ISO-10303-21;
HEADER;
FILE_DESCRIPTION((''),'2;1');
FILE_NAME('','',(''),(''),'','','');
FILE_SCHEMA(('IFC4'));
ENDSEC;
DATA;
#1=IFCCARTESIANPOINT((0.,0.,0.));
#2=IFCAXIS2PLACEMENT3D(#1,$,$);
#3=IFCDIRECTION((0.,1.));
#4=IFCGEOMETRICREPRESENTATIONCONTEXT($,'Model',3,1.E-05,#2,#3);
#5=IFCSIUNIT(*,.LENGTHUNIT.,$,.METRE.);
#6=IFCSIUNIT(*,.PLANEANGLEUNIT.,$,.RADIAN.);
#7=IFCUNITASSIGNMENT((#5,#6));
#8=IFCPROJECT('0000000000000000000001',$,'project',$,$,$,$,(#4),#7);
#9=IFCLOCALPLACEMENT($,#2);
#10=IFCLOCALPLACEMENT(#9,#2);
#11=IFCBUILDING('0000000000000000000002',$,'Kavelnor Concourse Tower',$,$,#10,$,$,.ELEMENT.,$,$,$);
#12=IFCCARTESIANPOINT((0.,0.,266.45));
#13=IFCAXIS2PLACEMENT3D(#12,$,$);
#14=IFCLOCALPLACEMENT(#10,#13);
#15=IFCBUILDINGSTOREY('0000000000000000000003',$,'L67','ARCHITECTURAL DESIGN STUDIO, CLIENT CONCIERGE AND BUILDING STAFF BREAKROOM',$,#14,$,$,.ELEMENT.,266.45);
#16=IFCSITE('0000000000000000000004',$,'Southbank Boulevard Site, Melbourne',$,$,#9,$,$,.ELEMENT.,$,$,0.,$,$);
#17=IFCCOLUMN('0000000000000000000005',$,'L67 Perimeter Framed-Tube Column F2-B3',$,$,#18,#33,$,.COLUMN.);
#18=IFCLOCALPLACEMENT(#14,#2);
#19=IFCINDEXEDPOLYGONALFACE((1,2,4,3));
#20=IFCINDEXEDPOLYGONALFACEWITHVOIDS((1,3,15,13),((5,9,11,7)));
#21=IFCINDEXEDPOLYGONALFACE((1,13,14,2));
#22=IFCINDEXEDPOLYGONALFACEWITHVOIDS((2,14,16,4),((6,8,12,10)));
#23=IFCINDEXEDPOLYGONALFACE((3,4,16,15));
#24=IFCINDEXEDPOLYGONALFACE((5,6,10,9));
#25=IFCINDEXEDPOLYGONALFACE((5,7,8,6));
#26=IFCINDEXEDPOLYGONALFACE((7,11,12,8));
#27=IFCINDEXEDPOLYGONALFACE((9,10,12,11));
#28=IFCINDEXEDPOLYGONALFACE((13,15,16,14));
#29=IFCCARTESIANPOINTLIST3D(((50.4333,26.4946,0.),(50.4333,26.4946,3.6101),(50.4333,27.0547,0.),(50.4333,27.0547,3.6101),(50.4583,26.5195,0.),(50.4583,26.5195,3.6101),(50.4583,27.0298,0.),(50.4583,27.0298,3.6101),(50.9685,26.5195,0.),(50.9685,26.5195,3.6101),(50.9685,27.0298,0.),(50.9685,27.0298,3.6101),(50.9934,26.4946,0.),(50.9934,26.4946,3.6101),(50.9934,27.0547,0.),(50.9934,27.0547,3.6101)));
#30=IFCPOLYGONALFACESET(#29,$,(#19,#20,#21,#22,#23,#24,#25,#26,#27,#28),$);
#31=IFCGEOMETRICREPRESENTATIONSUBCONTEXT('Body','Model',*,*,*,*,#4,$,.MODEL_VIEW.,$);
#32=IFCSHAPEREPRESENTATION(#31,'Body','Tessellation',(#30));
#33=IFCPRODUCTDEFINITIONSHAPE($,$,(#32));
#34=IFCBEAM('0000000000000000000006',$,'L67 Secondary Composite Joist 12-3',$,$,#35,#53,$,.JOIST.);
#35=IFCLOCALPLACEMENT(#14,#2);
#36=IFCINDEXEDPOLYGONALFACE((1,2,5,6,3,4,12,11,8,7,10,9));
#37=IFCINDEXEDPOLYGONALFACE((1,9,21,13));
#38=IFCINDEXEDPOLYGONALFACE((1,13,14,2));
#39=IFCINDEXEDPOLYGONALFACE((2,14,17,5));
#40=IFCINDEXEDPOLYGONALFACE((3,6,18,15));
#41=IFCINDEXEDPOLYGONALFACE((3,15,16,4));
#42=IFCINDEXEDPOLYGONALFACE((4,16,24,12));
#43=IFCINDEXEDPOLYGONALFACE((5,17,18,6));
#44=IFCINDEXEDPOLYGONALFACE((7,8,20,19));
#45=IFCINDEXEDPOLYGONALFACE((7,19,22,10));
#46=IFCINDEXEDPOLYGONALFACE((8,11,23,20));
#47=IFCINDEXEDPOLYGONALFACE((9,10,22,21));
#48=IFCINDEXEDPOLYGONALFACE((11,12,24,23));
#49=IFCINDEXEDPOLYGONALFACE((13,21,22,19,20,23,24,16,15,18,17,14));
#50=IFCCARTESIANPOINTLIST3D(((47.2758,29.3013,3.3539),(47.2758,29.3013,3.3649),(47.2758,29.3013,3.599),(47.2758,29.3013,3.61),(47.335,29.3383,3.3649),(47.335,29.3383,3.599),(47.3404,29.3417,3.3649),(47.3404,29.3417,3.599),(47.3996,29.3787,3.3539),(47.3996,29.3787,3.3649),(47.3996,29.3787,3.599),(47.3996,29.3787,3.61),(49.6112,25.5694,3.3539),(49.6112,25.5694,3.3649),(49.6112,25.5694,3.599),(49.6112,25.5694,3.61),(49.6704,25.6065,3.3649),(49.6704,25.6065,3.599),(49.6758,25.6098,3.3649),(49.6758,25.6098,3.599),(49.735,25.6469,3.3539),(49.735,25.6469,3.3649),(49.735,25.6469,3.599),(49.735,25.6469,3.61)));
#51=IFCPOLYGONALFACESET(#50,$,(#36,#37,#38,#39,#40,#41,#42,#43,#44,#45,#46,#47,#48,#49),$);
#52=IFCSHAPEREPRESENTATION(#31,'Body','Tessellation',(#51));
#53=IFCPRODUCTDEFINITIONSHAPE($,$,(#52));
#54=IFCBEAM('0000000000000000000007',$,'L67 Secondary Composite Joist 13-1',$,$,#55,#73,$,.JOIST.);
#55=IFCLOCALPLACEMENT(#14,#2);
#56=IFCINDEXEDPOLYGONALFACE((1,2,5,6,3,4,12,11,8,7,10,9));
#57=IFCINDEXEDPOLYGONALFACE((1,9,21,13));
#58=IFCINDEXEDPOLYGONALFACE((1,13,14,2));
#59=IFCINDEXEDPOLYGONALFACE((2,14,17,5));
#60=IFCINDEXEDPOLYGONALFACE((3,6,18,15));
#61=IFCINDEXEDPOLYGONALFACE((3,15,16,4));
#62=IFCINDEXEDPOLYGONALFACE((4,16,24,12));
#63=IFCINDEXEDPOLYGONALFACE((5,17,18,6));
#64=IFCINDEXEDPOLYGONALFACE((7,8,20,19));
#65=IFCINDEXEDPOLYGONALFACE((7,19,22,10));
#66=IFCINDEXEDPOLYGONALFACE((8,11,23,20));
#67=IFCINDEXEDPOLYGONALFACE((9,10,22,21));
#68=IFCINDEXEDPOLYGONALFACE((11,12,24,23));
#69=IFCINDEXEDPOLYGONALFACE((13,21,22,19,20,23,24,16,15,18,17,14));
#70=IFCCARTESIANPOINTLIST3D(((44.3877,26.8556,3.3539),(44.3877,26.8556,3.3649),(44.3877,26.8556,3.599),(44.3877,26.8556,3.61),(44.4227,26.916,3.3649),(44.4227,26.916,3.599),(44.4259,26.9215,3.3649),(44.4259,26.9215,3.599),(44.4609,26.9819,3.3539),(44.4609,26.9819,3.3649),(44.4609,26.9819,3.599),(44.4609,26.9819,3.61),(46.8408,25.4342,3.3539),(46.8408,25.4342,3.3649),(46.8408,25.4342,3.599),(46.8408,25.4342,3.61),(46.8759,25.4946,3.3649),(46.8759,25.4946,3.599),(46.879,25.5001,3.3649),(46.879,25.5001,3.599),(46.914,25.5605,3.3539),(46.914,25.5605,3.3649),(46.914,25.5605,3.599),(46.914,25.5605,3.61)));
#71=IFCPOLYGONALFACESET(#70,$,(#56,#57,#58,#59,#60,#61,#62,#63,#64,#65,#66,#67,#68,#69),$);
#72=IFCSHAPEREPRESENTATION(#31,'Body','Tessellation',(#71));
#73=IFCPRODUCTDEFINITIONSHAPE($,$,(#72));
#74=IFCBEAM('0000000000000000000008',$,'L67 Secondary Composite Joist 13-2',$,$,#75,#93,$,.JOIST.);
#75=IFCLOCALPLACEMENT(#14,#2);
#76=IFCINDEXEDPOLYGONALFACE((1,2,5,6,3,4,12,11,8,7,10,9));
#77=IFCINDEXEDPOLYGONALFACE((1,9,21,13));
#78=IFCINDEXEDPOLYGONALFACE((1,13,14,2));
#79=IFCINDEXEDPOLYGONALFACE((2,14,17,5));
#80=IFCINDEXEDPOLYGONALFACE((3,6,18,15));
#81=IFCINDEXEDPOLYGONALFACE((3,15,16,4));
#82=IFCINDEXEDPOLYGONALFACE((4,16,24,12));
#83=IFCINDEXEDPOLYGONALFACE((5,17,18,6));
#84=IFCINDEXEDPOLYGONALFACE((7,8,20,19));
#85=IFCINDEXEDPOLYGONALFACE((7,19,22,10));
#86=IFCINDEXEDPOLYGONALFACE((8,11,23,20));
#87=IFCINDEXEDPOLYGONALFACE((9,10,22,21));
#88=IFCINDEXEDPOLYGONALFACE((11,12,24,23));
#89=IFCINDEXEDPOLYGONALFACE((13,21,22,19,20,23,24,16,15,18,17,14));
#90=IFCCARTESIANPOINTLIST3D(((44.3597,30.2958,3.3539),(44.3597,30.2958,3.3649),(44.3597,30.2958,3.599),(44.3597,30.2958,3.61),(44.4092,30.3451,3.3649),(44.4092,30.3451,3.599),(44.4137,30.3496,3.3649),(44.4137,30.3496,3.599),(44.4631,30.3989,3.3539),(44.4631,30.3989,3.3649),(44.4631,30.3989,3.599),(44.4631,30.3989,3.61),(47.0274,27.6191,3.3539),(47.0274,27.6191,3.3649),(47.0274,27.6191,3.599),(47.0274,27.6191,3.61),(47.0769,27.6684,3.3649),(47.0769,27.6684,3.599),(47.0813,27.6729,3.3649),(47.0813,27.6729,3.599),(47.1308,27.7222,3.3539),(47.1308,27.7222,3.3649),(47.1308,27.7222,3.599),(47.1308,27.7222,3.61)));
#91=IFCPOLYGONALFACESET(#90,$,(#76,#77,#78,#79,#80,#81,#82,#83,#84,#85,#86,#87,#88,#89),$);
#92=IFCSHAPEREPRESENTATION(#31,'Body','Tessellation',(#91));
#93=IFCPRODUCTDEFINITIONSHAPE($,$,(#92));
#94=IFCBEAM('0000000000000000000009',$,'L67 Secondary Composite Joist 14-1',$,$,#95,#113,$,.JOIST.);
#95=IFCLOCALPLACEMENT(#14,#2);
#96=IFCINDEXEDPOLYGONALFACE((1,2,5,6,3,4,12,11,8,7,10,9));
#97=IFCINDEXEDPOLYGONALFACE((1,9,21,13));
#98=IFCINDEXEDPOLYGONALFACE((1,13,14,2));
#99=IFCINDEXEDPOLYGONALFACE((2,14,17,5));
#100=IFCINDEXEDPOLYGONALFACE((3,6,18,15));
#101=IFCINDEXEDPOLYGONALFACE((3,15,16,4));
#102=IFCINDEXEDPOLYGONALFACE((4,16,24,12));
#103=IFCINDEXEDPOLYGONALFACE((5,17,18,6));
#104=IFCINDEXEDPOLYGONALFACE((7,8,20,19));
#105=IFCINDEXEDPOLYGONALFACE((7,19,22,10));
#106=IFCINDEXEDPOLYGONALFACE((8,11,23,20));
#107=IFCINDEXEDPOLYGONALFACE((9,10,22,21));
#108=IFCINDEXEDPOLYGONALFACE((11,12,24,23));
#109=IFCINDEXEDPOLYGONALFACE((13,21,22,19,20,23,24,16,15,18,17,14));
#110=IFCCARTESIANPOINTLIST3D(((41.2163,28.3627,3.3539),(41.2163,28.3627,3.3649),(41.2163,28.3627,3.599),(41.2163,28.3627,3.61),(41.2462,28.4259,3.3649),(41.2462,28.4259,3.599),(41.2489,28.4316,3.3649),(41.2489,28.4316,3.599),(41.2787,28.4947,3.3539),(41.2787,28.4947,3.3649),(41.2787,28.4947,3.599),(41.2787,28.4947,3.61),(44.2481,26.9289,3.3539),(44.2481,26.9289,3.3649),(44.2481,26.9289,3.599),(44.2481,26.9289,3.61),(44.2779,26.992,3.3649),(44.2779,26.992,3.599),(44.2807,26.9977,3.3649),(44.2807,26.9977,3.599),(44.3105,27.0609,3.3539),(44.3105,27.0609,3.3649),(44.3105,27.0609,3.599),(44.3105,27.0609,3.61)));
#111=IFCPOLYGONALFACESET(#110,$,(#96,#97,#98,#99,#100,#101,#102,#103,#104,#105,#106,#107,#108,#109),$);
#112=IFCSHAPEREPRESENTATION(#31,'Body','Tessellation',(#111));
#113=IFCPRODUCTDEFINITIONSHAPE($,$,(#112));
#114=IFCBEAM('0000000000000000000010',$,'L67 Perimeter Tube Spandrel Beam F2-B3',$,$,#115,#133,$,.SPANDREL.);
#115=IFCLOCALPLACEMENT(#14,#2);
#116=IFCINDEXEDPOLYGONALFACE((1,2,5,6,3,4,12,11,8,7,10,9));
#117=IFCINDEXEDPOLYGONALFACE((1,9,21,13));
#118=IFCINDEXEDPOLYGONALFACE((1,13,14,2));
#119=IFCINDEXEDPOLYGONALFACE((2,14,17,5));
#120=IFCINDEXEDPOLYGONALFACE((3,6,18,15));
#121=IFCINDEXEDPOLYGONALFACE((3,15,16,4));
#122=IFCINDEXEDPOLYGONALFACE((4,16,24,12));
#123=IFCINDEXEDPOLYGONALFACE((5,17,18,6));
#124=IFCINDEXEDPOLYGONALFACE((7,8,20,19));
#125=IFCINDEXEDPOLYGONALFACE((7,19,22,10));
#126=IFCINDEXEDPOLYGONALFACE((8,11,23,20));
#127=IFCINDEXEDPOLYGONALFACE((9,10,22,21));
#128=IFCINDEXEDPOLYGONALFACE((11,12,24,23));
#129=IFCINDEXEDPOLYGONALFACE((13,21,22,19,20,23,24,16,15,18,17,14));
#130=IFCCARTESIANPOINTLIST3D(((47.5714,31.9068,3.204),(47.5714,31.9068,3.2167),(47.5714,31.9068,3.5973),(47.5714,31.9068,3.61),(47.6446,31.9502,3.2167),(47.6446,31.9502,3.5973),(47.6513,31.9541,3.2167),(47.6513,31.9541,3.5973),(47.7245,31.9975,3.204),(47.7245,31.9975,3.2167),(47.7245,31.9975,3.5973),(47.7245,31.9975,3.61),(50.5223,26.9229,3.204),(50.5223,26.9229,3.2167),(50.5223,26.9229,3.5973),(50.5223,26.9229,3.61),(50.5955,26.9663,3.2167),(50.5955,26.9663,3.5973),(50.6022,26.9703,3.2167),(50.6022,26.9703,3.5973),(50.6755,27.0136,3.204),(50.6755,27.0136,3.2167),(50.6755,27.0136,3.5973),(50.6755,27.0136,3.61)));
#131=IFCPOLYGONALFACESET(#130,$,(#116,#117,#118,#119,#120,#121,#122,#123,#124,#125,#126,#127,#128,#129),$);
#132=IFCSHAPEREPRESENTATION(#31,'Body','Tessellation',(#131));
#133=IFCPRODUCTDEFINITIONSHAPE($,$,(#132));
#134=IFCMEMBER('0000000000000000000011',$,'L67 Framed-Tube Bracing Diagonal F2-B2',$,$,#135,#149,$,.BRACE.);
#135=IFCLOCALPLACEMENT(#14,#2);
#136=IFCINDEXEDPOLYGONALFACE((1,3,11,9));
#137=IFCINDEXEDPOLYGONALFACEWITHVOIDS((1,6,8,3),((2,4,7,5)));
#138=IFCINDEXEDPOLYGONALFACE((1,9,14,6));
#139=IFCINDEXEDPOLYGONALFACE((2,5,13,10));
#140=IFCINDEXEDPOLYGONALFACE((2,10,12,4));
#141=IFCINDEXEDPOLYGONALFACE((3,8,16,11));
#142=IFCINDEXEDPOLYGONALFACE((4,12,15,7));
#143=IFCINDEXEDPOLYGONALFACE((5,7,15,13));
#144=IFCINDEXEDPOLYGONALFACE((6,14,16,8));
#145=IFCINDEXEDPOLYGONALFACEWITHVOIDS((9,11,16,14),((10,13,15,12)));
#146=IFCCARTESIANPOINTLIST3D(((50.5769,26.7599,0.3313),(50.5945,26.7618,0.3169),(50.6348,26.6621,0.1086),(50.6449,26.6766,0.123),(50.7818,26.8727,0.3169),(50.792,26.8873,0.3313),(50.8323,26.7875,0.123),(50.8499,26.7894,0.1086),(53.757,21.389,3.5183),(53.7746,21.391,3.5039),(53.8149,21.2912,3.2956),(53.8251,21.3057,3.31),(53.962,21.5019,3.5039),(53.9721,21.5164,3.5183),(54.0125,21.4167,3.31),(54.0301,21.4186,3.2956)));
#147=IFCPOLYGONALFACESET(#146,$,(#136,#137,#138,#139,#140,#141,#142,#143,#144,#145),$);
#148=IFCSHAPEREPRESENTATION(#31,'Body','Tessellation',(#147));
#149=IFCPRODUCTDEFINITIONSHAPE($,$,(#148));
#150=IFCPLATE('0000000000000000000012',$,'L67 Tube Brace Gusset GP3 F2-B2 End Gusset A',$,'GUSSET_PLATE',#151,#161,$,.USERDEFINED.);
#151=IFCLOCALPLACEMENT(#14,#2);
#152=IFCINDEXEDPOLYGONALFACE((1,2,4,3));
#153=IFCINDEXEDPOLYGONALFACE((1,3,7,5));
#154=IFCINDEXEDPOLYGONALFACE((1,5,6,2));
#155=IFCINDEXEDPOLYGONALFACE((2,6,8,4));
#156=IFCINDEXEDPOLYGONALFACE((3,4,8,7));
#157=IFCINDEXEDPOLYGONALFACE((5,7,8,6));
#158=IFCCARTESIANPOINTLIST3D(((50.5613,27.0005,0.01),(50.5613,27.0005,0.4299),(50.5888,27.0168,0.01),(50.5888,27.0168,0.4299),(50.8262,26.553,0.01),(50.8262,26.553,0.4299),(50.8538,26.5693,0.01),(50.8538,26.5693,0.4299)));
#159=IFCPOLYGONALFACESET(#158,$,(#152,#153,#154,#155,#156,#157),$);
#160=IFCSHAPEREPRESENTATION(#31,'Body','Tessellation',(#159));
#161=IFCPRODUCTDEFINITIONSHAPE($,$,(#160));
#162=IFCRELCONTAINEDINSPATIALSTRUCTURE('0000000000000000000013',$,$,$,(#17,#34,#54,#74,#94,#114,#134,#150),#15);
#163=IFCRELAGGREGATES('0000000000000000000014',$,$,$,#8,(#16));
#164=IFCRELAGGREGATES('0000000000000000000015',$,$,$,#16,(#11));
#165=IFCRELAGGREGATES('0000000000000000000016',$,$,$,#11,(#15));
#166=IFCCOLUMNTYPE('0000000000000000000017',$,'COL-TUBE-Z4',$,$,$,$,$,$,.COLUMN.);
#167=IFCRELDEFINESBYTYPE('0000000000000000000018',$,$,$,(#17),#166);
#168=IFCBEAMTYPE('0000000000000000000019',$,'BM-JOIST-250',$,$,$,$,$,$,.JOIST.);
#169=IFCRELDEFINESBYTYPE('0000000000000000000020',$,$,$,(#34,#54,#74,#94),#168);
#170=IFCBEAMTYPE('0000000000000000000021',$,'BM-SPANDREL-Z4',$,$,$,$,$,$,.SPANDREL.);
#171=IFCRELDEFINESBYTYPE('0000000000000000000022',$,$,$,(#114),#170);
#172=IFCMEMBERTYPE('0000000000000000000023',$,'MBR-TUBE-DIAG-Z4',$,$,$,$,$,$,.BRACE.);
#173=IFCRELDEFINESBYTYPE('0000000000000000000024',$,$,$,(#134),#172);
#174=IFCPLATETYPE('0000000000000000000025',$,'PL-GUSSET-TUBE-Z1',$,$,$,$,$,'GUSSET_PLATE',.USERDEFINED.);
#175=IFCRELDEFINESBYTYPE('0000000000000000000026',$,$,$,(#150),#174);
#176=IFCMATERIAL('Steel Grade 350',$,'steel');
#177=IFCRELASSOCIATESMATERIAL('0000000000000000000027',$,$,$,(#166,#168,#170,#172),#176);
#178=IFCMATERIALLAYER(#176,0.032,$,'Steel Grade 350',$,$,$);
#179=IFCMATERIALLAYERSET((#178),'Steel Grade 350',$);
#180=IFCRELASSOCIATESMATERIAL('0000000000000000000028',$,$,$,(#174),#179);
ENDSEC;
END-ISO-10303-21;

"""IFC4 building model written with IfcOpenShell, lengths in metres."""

from ifc_helpers import new_model, si_unit, direction, frame, origin, origin_2d, place, context, subcontext, project, spatial, rectangle, hollow_rectangle, i_section, extrude, material, layer, layer_set, material_profile, profile_set, type_object, element, save


model = new_model("IFC4")

# Units and contexts
model_context = context("Model", 3, precision=1e-05, world=origin(), true_north=direction((0.0, 1.0)))
body_context = subcontext(model_context, "Body", "Model", "MODEL_VIEW")
ifc_project = project(units=[si_unit("LENGTHUNIT", "METRE"), si_unit("PLANEANGLEUNIT", "RADIAN")], contexts=[model_context])

# Site, building, storey
site_placement = place(None, origin())
site = spatial("IfcSite", under=ifc_project, at=site_placement, Name="Southbank Boulevard Site, Melbourne", CompositionType="ELEMENT", RefElevation=0.0)
building_placement = place(site_placement, origin())
building = spatial("IfcBuilding", under=site, at=building_placement, Name="Kavelnor Concourse Tower", CompositionType="ELEMENT")
storey_placement = place(building_placement, frame((0.0, 0.0, 266.45)))
storey = spatial("IfcBuildingStorey", under=building, at=storey_placement, Name="L67", Description="ARCHITECTURAL DESIGN STUDIO, CLIENT CONCIERGE AND BUILDING STAFF BREAKROOM", CompositionType="ELEMENT", Elevation=266.45)

# Column
ifc_material_1 = material(Name="Steel Grade 350", Category="steel")
ifc_material_profile_1 = material_profile(ifc_material_1, hollow_rectangle(XDim=0.5601, YDim=0.5601, WallThickness=0.0249, at=origin_2d()), Name="SHS 560x560x25")
ifc_profile_set_1 = profile_set([ifc_material_profile_1], Name="Steel Grade 350")
column_type = type_object("IfcColumnType", Name="COL-TUBE-Z4", PredefinedType="COLUMN", material=ifc_profile_set_1)
column_placement = place(storey_placement, frame((50.7134, 26.7747, 0.0), z_axis=(0.0, 0.0, 1.0), x_axis=(1.0, 0.0, 0.0)))
element("IfcColumn", 1, at=column_placement, inside=storey, type_object=column_type, Name="L67 Perimeter Framed-Tube Column F2-B3", PredefinedType="COLUMN", context=body_context, shape_type="SweptSolid", body=[
    extrude(hollow_rectangle(XDim=0.5601, YDim=0.5601, WallThickness=0.0249, at=origin_2d()), origin(), (0.0, 0.0, 1.0), 3.6101),
])

# Beams
ifc_material_profile_2 = material_profile(ifc_material_1, i_section(OverallWidth=0.146, OverallDepth=0.2561, WebThickness=0.0063, FlangeThickness=0.011, at=origin_2d()), Name="250UB37")
ifc_profile_set_2 = profile_set([ifc_material_profile_2], Name="Steel Grade 350")
beam_type_1 = type_object("IfcBeamType", Name="BM-JOIST-250", PredefinedType="JOIST", material=ifc_profile_set_2)
beam_1_placement = place(storey_placement, frame((49.6731, 25.6082, 3.4819), z_axis=(-0.530487, 0.847693, 0.0), x_axis=(-0.847693, -0.530487, 0.0)))
element("IfcBeam", 2, at=beam_1_placement, inside=storey, type_object=beam_type_1, Name="L67 Secondary Composite Joist 12-3", PredefinedType="JOIST", context=body_context, shape_type="SweptSolid", body=[
    extrude(i_section(OverallWidth=0.146, OverallDepth=0.2561, WebThickness=0.0063, FlangeThickness=0.011, at=origin_2d()), origin(), (0.0, 0.0, 1.0), 4.4023),
])
beam_2_placement = place(storey_placement, frame((46.8774, 25.4973, 3.4819), z_axis=(-0.865249, 0.501342, 0.0), x_axis=(-0.501342, -0.865249, 0.0)))
element("IfcBeam", 3, at=beam_2_placement, inside=storey, type_object=beam_type_1, Name="L67 Secondary Composite Joist 13-1", PredefinedType="JOIST", context=body_context, shape_type="SweptSolid", body=[
    extrude(i_section(OverallWidth=0.146, OverallDepth=0.2561, WebThickness=0.0063, FlangeThickness=0.011, at=origin_2d()), origin(), (0.0, 0.0, 1.0), 2.8352),
])
beam_3_placement = place(storey_placement, frame((47.0791, 27.6707, 3.4819), z_axis=(-0.705911, 0.708301, 0.0), x_axis=(-0.708301, -0.705911, 0.0)))
element("IfcBeam", 4, at=beam_3_placement, inside=storey, type_object=beam_type_1, Name="L67 Secondary Composite Joist 13-2", PredefinedType="JOIST", context=body_context, shape_type="SweptSolid", body=[
    extrude(i_section(OverallWidth=0.146, OverallDepth=0.2561, WebThickness=0.0063, FlangeThickness=0.011, at=origin_2d()), origin(), (0.0, 0.0, 1.0), 3.7791),
])
beam_4_placement = place(storey_placement, frame((44.2793, 26.9949, 3.4819), z_axis=(-0.903997, 0.427539, 0.0), x_axis=(-0.427539, -0.903997, 0.0)))
element("IfcBeam", 5, at=beam_4_placement, inside=storey, type_object=beam_type_1, Name="L67 Secondary Composite Joist 14-1", PredefinedType="JOIST", context=body_context, shape_type="SweptSolid", body=[
    extrude(i_section(OverallWidth=0.146, OverallDepth=0.2561, WebThickness=0.0063, FlangeThickness=0.011, at=origin_2d()), origin(), (0.0, 0.0, 1.0), 3.3538),
])
ifc_material_profile_3 = material_profile(ifc_material_1, i_section(OverallWidth=0.178, OverallDepth=0.406, WebThickness=0.0078, FlangeThickness=0.0127, at=origin_2d()), Name="410UB59")
ifc_profile_set_3 = profile_set([ifc_material_profile_3], Name="Steel Grade 350")
beam_type_2 = type_object("IfcBeamType", Name="BM-SPANDREL-Z4", PredefinedType="SPANDREL", material=ifc_profile_set_3)
beam_5_placement = place(storey_placement, frame((50.5989, 26.9683, 3.407), z_axis=(-0.509485, 0.86048, 0.0), x_axis=(-0.86048, -0.509485, 0.0)))
element("IfcBeam", 6, at=beam_5_placement, inside=storey, type_object=beam_type_2, Name="L67 Perimeter Tube Spandrel Beam F2-B3", PredefinedType="SPANDREL", context=body_context, shape_type="SweptSolid", body=[
    extrude(i_section(OverallWidth=0.178, OverallDepth=0.406, WebThickness=0.0078, FlangeThickness=0.0127, at=origin_2d()), origin(), (0.0, 0.0, 1.0), 5.792),
])

# Member
ifc_material_profile_4 = material_profile(ifc_material_1, hollow_rectangle(XDim=0.25, YDim=0.25, WallThickness=0.0161, at=origin_2d()), Name="SHS 250x250x16")
ifc_profile_set_4 = profile_set([ifc_material_profile_4], Name="Steel Grade 350")
member_type = type_object("IfcMemberType", Name="MBR-TUBE-DIAG-Z4", PredefinedType="BRACE", material=ifc_profile_set_4)
member_placement = place(storey_placement, frame((50.7134, 26.7747, 0.22), z_axis=(0.453771, -0.766353, 0.454747), x_axis=(0.860471, 0.5095, 0.0)))
element("IfcMember", 7, at=member_placement, inside=storey, type_object=member_type, Name="L67 Framed-Tube Bracing Diagonal F2-B2", PredefinedType="BRACE", context=body_context, shape_type="SweptSolid", body=[
    extrude(hollow_rectangle(XDim=0.25, YDim=0.25, WallThickness=0.0161, at=origin_2d()), origin(), (0.0, 0.0, 1.0), 7.0083),
])

# Plate
ifc_layer_1 = layer(ifc_material_1, 0.032, Name="Steel Grade 350")
ifc_layer_set_1 = layer_set([ifc_layer_1], Name="Steel Grade 350")
plate_type = type_object("IfcPlateType", Name="PL-GUSSET-TUBE-Z1", ElementType="GUSSET_PLATE", PredefinedType="USERDEFINED", material=ifc_layer_set_1)
plate_placement = place(storey_placement, frame((50.7075, 26.7849, 0.01), z_axis=(0.0, 0.0, 1.0), x_axis=(0.509492, -0.860475, 0.0)))
element("IfcPlate", 8, at=plate_placement, inside=storey, type_object=plate_type, Name="L67 Tube Brace Gusset GP3 F2-B2 End Gusset A", ObjectType="GUSSET_PLATE", PredefinedType="USERDEFINED", context=body_context, shape_type="SweptSolid", body=[
    extrude(rectangle(XDim=0.52, YDim=0.032, at=origin_2d()), origin(), (0.0, 0.0, 1.0), 0.4199),
])

save(model, "model.ifc")
